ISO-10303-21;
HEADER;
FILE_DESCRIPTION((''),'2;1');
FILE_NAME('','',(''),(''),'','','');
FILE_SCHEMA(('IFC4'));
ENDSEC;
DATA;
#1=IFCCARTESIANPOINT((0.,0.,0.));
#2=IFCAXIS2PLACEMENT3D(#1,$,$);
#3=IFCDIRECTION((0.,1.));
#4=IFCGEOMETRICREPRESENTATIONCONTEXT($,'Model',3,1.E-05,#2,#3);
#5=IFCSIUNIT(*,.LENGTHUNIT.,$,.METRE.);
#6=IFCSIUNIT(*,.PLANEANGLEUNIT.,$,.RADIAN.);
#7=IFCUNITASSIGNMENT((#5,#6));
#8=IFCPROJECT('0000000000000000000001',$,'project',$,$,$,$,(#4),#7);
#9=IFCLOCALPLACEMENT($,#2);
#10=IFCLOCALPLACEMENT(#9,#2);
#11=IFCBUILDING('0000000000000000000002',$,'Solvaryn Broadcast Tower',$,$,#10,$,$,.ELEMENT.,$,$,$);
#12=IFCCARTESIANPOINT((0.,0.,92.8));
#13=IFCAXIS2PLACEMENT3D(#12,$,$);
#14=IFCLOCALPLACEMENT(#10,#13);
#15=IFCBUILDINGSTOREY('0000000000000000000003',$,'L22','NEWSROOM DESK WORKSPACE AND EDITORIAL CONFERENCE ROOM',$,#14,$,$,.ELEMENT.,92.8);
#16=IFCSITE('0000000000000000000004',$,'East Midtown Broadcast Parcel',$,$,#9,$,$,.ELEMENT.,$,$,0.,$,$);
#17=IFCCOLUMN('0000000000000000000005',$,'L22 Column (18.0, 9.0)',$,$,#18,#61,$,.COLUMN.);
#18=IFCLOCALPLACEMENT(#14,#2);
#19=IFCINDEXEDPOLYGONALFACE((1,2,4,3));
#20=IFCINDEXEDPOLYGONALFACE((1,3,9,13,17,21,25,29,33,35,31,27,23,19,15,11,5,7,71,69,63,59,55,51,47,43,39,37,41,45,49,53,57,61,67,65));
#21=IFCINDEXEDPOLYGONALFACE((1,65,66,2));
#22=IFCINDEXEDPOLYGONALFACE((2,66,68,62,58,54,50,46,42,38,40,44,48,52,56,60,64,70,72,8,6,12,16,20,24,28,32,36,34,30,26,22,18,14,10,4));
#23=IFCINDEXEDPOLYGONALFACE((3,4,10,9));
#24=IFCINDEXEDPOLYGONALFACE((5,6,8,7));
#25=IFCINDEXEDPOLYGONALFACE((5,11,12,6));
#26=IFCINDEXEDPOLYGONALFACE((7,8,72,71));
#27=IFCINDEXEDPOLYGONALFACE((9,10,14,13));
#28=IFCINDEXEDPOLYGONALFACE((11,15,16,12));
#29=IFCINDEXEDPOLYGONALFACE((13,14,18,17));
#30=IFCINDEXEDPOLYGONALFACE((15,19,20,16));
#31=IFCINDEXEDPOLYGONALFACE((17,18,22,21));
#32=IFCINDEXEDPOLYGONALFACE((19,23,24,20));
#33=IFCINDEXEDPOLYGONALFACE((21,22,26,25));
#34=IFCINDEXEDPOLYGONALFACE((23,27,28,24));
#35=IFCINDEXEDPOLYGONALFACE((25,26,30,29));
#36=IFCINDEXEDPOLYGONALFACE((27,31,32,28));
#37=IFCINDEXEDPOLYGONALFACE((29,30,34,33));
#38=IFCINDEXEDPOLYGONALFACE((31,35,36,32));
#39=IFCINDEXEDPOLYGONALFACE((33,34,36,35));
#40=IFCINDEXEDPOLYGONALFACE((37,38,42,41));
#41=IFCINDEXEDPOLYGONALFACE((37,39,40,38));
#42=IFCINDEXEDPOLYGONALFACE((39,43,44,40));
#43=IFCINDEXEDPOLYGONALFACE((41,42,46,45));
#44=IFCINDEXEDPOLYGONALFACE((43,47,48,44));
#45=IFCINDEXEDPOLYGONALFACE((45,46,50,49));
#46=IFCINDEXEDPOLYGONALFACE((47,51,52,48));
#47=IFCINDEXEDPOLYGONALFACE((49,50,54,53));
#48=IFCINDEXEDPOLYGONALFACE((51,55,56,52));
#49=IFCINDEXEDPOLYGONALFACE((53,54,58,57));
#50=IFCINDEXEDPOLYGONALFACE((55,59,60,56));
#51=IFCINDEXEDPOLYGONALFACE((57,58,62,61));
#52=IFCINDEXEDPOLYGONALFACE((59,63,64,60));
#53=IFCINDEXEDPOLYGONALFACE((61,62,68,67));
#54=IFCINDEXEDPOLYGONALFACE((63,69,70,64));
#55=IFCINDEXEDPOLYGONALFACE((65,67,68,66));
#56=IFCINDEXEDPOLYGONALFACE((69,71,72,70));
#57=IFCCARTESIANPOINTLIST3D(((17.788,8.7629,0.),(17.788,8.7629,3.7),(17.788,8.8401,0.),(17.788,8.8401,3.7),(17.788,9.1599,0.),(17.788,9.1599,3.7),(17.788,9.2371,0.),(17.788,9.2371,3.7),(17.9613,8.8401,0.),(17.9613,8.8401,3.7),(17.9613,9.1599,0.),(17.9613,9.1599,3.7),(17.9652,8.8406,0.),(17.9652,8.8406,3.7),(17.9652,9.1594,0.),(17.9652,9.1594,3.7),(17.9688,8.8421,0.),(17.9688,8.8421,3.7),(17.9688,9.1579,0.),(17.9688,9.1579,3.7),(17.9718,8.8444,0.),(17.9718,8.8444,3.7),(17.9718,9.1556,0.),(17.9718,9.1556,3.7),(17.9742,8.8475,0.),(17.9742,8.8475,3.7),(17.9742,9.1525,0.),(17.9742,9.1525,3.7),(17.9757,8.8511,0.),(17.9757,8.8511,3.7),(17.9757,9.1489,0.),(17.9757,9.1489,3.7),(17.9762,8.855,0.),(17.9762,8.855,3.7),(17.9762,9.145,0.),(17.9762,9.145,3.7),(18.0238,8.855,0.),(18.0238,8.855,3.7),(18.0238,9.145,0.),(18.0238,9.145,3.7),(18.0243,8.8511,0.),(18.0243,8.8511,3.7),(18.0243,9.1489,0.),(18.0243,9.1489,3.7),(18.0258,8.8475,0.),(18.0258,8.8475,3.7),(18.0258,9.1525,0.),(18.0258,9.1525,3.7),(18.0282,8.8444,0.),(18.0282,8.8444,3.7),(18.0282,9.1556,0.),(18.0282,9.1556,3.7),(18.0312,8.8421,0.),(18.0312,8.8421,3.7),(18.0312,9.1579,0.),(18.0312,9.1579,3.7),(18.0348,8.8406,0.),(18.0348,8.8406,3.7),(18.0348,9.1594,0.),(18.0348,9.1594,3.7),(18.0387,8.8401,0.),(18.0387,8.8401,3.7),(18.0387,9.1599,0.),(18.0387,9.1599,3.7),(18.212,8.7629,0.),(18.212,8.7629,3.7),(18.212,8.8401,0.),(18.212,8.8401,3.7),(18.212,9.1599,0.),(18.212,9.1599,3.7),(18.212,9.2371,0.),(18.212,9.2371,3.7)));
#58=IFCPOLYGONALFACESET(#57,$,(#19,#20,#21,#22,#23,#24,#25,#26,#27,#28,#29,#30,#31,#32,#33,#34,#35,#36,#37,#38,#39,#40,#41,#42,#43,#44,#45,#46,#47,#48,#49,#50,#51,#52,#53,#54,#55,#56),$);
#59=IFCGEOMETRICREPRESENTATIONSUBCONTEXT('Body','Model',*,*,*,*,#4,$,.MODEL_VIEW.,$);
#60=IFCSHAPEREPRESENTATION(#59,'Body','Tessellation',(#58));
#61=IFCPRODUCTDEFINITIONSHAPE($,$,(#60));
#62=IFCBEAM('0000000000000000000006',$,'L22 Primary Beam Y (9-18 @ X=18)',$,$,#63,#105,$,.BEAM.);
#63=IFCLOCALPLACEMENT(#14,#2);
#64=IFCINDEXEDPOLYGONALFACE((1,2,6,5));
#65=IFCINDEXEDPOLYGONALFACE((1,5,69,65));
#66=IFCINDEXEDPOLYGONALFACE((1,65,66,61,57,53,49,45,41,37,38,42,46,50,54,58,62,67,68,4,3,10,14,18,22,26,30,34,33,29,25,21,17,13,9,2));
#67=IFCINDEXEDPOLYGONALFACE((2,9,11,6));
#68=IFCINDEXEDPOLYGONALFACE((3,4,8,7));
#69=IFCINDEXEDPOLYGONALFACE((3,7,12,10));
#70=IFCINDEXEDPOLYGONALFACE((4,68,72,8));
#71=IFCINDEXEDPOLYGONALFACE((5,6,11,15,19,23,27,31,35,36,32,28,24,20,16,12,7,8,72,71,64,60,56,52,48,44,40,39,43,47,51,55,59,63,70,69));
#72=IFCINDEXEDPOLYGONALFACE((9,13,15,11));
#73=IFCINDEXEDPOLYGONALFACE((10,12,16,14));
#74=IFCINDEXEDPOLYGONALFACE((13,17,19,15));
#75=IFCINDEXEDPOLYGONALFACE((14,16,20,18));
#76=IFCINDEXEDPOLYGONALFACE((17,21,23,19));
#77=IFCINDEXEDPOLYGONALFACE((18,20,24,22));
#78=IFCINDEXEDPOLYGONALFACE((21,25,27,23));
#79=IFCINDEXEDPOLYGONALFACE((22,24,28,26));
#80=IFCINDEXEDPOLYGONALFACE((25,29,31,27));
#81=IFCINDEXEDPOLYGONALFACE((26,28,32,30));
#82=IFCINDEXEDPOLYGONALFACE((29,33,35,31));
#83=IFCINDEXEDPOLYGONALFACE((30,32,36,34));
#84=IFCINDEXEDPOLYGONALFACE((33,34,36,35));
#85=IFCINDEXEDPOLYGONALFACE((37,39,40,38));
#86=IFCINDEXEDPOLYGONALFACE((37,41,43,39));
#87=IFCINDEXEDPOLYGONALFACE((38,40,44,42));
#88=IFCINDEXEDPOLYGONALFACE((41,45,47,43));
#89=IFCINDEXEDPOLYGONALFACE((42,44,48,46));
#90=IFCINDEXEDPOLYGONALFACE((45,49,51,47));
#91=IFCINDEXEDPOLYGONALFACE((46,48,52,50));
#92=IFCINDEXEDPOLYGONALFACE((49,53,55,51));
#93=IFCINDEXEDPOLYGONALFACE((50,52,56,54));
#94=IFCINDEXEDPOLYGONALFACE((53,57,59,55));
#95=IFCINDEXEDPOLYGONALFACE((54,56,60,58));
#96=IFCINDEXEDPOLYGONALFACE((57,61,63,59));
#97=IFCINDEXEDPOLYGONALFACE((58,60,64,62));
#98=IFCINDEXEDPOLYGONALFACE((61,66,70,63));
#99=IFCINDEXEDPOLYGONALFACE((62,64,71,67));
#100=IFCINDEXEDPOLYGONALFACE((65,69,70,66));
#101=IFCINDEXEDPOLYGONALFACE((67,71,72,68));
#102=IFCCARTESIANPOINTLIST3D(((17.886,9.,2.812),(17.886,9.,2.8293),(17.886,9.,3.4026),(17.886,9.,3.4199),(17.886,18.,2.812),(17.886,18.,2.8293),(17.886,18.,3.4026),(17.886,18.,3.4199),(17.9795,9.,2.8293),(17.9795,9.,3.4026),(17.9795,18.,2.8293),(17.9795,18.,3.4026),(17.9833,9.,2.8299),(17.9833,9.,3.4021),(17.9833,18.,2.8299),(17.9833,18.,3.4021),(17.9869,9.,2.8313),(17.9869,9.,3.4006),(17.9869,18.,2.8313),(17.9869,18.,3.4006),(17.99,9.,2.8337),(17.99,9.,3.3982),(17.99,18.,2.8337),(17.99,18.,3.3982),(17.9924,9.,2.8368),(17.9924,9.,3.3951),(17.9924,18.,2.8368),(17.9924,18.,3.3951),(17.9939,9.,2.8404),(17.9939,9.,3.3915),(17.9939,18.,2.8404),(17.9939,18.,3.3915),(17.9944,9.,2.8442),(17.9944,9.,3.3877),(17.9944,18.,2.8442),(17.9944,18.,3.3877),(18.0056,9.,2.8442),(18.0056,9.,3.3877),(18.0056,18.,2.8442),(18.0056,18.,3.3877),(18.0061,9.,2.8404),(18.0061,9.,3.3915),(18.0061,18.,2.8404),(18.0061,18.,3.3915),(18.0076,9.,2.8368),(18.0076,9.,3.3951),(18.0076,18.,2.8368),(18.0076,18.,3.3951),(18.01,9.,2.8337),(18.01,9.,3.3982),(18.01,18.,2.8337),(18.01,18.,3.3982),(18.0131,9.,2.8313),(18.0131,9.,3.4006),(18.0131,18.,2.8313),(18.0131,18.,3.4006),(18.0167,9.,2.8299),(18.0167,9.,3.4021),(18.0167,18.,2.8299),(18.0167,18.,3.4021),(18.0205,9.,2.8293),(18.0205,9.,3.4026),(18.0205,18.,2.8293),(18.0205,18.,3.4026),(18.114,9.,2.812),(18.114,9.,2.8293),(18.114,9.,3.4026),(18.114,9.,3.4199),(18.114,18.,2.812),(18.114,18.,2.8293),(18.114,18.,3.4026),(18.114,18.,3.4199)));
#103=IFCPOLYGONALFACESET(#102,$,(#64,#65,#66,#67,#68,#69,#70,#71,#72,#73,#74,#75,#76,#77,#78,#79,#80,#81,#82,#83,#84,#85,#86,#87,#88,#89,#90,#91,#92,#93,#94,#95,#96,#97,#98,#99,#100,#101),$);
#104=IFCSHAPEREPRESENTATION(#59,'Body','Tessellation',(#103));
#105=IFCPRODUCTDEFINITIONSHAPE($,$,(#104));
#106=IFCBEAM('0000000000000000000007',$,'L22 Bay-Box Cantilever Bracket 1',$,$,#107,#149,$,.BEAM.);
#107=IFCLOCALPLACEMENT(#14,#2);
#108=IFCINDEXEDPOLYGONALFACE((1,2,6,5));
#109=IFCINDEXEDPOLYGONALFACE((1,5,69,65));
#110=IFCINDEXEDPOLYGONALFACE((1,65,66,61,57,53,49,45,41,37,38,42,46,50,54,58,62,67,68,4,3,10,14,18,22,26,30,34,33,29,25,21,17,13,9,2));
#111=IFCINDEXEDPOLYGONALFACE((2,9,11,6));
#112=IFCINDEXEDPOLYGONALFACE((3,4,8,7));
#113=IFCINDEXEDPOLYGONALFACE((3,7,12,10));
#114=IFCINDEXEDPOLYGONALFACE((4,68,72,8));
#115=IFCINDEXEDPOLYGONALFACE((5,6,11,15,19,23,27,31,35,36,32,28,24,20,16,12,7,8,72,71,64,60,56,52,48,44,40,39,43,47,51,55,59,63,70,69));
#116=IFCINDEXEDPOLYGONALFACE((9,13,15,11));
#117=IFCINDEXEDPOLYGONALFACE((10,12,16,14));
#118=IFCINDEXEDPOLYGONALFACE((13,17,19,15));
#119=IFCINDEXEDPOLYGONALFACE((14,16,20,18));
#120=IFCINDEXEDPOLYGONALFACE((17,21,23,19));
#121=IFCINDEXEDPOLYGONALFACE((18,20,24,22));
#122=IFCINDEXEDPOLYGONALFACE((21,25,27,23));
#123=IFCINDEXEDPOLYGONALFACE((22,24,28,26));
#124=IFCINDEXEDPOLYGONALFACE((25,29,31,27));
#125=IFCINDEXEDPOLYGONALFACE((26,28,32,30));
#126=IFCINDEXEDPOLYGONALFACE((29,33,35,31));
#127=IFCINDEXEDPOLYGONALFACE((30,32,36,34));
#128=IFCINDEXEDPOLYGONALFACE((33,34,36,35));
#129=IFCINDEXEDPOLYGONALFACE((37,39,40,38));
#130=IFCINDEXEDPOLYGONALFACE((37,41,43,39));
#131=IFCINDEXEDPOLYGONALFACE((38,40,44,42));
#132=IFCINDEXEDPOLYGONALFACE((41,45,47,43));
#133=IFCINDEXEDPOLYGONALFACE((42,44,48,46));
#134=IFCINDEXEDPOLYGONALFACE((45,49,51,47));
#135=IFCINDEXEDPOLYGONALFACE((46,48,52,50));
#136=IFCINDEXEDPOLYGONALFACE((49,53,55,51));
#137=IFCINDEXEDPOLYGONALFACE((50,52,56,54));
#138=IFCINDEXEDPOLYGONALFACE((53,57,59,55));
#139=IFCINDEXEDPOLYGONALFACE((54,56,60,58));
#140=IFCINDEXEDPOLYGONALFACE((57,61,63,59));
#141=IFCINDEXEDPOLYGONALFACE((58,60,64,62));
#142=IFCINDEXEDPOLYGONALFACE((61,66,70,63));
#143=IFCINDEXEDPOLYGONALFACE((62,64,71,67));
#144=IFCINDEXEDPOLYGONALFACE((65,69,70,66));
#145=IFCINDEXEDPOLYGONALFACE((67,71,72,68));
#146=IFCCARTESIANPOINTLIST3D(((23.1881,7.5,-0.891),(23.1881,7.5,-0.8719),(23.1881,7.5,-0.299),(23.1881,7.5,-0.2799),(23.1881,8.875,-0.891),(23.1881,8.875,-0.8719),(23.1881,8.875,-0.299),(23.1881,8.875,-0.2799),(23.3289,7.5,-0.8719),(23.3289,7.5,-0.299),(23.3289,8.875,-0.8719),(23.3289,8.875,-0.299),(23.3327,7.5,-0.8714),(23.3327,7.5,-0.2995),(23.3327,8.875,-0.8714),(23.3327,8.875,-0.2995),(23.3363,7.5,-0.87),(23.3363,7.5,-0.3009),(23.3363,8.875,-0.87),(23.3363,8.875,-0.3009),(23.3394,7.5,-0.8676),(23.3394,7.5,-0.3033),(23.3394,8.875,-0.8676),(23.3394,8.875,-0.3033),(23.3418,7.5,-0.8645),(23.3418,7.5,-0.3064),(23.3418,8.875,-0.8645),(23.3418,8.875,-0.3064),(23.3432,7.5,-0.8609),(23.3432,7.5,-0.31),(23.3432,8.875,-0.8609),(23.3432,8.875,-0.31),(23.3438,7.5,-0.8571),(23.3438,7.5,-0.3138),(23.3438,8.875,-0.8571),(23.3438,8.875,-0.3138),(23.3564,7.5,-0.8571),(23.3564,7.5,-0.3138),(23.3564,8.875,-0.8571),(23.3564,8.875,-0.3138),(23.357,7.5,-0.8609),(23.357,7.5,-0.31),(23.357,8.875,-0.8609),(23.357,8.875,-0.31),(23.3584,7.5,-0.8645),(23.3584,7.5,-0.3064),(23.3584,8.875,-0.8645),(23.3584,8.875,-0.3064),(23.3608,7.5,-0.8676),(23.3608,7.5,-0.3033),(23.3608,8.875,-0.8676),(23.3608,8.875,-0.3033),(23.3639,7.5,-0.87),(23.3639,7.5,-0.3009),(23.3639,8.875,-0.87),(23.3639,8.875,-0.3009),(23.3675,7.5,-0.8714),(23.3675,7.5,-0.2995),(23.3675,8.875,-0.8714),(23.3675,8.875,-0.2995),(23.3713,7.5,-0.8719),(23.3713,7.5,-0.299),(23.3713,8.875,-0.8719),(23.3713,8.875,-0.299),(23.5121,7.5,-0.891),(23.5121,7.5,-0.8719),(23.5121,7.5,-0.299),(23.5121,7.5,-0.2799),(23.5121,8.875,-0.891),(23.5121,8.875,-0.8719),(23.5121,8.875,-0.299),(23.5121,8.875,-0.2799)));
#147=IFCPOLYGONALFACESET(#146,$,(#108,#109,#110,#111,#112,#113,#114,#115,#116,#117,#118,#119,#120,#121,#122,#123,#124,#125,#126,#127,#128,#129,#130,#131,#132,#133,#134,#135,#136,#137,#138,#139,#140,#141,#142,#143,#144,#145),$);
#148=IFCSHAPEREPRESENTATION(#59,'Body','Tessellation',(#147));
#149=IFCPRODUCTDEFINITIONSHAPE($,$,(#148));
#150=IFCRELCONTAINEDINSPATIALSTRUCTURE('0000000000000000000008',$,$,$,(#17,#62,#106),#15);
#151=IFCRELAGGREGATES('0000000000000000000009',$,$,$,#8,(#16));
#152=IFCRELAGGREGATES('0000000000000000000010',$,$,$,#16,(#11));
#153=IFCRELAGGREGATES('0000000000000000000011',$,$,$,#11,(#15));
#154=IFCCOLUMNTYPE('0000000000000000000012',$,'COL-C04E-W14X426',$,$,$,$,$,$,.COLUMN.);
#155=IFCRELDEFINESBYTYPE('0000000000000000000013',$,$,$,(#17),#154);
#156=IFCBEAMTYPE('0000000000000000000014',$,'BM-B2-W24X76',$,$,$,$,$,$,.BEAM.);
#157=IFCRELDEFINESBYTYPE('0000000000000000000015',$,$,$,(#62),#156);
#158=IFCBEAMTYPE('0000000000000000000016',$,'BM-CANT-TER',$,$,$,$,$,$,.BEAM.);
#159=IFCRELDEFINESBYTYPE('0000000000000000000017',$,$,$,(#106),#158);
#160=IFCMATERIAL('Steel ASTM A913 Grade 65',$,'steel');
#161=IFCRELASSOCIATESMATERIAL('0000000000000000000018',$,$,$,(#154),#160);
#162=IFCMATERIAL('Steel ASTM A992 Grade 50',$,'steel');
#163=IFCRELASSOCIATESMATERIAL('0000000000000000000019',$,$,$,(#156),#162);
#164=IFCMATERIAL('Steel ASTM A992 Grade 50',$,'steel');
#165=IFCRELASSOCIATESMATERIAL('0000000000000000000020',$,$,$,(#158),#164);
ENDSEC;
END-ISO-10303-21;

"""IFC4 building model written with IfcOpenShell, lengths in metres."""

from ifc_helpers import new_model, si_unit, direction, frame, origin, origin_2d, place, context, subcontext, project, spatial, i_section, extrude, material, material_profile, profile_set, type_object, element, save


model = new_model("IFC4")

# Units and contexts
model_context = context("Model", 3, precision=1e-05, world=origin(), true_north=direction((0.0, 1.0)))
body_context = subcontext(model_context, "Body", "Model", "MODEL_VIEW")
ifc_project = project(units=[si_unit("LENGTHUNIT", "METRE"), si_unit("PLANEANGLEUNIT", "RADIAN")], contexts=[model_context])

# Site, building, storey
site_placement = place(None, origin())
site = spatial("IfcSite", under=ifc_project, at=site_placement, Name="East Midtown Broadcast Parcel", CompositionType="ELEMENT", RefElevation=0.0)
building_placement = place(site_placement, origin())
building = spatial("IfcBuilding", under=site, at=building_placement, Name="Solvaryn Broadcast Tower", CompositionType="ELEMENT")
storey_placement = place(building_placement, frame((0.0, 0.0, 92.8)))
storey = spatial("IfcBuildingStorey", under=building, at=storey_placement, Name="L22", Description="NEWSROOM DESK WORKSPACE AND EDITORIAL CONFERENCE ROOM", CompositionType="ELEMENT", Elevation=92.8)

# Column
ifc_material_1 = material(Name="Steel ASTM A913 Grade 65", Category="steel")
ifc_material_profile_1 = material_profile(ifc_material_1, i_section(OverallWidth=0.4241, OverallDepth=0.4741, WebThickness=0.0476, FlangeThickness=0.0771, FilletRadius=0.0149, at=origin_2d()))
ifc_profile_set_1 = profile_set([ifc_material_profile_1], Name="Steel ASTM A913 Grade 65")
column_type = type_object("IfcColumnType", Name="COL-C04E-W14X426", PredefinedType="COLUMN", material=ifc_profile_set_1)
column_placement = place(storey_placement, frame((18.0, 9.0, 0.0), z_axis=(0.0, 0.0, 1.0), x_axis=(1.0, 0.0, 0.0)))
element("IfcColumn", 1, at=column_placement, inside=storey, type_object=column_type, Name="L22 Column (18.0, 9.0)", PredefinedType="COLUMN", context=body_context, shape_type="SweptSolid", body=[
    extrude(i_section(OverallWidth=0.4241, OverallDepth=0.4741, WebThickness=0.0476, FlangeThickness=0.0771, FilletRadius=0.0149, at=origin_2d()), origin(), (0.0, 0.0, 1.0), 3.7),
])

# Beams
ifc_material_2 = material(Name="Steel ASTM A992 Grade 50", Category="steel")
ifc_material_profile_2 = material_profile(ifc_material_2, i_section(OverallWidth=0.228, OverallDepth=0.6079, WebThickness=0.0112, FlangeThickness=0.0173, FilletRadius=0.0149, at=origin_2d()))
ifc_profile_set_2 = profile_set([ifc_material_profile_2], Name="Steel ASTM A992 Grade 50")
beam_type_1 = type_object("IfcBeamType", Name="BM-B2-W24X76", PredefinedType="BEAM", material=ifc_profile_set_2)
beam_1_placement = place(storey_placement, frame((18.0, 9.0, 3.116), z_axis=(0.0, 1.0, 0.0), x_axis=(-1.0, 0.0, 0.0)))
element("IfcBeam", 2, at=beam_1_placement, inside=storey, type_object=beam_type_1, Name="L22 Primary Beam Y (9-18 @ X=18)", PredefinedType="BEAM", context=body_context, shape_type="SweptSolid", body=[
    extrude(i_section(OverallWidth=0.228, OverallDepth=0.6079, WebThickness=0.0112, FlangeThickness=0.0173, FilletRadius=0.0149, at=origin_2d()), origin(), (0.0, 0.0, 1.0), 9.0),
])
ifc_material_3 = material(Name="Steel ASTM A992 Grade 50", Category="steel")
ifc_material_profile_3 = material_profile(ifc_material_3, i_section(OverallWidth=0.324, OverallDepth=0.6111, WebThickness=0.0127, FlangeThickness=0.019, FilletRadius=0.0149, at=origin_2d()))
ifc_profile_set_3 = profile_set([ifc_material_profile_3], Name="Steel ASTM A992 Grade 50")
beam_type_2 = type_object("IfcBeamType", Name="BM-CANT-TER", PredefinedType="BEAM", material=ifc_profile_set_3)
beam_2_placement = place(storey_placement, frame((23.3501, 8.875, -0.5854), z_axis=(0.0, -1.0, 0.0), x_axis=(1.0, 0.0, 0.0)))
element("IfcBeam", 3, at=beam_2_placement, inside=storey, type_object=beam_type_2, Name="L22 Bay-Box Cantilever Bracket 1", PredefinedType="BEAM", context=body_context, shape_type="SweptSolid", body=[
    extrude(i_section(OverallWidth=0.324, OverallDepth=0.6111, WebThickness=0.0127, FlangeThickness=0.019, FilletRadius=0.0149, at=origin_2d()), origin(), (0.0, 0.0, 1.0), 1.375),
])

save(model, "model.ifc")
